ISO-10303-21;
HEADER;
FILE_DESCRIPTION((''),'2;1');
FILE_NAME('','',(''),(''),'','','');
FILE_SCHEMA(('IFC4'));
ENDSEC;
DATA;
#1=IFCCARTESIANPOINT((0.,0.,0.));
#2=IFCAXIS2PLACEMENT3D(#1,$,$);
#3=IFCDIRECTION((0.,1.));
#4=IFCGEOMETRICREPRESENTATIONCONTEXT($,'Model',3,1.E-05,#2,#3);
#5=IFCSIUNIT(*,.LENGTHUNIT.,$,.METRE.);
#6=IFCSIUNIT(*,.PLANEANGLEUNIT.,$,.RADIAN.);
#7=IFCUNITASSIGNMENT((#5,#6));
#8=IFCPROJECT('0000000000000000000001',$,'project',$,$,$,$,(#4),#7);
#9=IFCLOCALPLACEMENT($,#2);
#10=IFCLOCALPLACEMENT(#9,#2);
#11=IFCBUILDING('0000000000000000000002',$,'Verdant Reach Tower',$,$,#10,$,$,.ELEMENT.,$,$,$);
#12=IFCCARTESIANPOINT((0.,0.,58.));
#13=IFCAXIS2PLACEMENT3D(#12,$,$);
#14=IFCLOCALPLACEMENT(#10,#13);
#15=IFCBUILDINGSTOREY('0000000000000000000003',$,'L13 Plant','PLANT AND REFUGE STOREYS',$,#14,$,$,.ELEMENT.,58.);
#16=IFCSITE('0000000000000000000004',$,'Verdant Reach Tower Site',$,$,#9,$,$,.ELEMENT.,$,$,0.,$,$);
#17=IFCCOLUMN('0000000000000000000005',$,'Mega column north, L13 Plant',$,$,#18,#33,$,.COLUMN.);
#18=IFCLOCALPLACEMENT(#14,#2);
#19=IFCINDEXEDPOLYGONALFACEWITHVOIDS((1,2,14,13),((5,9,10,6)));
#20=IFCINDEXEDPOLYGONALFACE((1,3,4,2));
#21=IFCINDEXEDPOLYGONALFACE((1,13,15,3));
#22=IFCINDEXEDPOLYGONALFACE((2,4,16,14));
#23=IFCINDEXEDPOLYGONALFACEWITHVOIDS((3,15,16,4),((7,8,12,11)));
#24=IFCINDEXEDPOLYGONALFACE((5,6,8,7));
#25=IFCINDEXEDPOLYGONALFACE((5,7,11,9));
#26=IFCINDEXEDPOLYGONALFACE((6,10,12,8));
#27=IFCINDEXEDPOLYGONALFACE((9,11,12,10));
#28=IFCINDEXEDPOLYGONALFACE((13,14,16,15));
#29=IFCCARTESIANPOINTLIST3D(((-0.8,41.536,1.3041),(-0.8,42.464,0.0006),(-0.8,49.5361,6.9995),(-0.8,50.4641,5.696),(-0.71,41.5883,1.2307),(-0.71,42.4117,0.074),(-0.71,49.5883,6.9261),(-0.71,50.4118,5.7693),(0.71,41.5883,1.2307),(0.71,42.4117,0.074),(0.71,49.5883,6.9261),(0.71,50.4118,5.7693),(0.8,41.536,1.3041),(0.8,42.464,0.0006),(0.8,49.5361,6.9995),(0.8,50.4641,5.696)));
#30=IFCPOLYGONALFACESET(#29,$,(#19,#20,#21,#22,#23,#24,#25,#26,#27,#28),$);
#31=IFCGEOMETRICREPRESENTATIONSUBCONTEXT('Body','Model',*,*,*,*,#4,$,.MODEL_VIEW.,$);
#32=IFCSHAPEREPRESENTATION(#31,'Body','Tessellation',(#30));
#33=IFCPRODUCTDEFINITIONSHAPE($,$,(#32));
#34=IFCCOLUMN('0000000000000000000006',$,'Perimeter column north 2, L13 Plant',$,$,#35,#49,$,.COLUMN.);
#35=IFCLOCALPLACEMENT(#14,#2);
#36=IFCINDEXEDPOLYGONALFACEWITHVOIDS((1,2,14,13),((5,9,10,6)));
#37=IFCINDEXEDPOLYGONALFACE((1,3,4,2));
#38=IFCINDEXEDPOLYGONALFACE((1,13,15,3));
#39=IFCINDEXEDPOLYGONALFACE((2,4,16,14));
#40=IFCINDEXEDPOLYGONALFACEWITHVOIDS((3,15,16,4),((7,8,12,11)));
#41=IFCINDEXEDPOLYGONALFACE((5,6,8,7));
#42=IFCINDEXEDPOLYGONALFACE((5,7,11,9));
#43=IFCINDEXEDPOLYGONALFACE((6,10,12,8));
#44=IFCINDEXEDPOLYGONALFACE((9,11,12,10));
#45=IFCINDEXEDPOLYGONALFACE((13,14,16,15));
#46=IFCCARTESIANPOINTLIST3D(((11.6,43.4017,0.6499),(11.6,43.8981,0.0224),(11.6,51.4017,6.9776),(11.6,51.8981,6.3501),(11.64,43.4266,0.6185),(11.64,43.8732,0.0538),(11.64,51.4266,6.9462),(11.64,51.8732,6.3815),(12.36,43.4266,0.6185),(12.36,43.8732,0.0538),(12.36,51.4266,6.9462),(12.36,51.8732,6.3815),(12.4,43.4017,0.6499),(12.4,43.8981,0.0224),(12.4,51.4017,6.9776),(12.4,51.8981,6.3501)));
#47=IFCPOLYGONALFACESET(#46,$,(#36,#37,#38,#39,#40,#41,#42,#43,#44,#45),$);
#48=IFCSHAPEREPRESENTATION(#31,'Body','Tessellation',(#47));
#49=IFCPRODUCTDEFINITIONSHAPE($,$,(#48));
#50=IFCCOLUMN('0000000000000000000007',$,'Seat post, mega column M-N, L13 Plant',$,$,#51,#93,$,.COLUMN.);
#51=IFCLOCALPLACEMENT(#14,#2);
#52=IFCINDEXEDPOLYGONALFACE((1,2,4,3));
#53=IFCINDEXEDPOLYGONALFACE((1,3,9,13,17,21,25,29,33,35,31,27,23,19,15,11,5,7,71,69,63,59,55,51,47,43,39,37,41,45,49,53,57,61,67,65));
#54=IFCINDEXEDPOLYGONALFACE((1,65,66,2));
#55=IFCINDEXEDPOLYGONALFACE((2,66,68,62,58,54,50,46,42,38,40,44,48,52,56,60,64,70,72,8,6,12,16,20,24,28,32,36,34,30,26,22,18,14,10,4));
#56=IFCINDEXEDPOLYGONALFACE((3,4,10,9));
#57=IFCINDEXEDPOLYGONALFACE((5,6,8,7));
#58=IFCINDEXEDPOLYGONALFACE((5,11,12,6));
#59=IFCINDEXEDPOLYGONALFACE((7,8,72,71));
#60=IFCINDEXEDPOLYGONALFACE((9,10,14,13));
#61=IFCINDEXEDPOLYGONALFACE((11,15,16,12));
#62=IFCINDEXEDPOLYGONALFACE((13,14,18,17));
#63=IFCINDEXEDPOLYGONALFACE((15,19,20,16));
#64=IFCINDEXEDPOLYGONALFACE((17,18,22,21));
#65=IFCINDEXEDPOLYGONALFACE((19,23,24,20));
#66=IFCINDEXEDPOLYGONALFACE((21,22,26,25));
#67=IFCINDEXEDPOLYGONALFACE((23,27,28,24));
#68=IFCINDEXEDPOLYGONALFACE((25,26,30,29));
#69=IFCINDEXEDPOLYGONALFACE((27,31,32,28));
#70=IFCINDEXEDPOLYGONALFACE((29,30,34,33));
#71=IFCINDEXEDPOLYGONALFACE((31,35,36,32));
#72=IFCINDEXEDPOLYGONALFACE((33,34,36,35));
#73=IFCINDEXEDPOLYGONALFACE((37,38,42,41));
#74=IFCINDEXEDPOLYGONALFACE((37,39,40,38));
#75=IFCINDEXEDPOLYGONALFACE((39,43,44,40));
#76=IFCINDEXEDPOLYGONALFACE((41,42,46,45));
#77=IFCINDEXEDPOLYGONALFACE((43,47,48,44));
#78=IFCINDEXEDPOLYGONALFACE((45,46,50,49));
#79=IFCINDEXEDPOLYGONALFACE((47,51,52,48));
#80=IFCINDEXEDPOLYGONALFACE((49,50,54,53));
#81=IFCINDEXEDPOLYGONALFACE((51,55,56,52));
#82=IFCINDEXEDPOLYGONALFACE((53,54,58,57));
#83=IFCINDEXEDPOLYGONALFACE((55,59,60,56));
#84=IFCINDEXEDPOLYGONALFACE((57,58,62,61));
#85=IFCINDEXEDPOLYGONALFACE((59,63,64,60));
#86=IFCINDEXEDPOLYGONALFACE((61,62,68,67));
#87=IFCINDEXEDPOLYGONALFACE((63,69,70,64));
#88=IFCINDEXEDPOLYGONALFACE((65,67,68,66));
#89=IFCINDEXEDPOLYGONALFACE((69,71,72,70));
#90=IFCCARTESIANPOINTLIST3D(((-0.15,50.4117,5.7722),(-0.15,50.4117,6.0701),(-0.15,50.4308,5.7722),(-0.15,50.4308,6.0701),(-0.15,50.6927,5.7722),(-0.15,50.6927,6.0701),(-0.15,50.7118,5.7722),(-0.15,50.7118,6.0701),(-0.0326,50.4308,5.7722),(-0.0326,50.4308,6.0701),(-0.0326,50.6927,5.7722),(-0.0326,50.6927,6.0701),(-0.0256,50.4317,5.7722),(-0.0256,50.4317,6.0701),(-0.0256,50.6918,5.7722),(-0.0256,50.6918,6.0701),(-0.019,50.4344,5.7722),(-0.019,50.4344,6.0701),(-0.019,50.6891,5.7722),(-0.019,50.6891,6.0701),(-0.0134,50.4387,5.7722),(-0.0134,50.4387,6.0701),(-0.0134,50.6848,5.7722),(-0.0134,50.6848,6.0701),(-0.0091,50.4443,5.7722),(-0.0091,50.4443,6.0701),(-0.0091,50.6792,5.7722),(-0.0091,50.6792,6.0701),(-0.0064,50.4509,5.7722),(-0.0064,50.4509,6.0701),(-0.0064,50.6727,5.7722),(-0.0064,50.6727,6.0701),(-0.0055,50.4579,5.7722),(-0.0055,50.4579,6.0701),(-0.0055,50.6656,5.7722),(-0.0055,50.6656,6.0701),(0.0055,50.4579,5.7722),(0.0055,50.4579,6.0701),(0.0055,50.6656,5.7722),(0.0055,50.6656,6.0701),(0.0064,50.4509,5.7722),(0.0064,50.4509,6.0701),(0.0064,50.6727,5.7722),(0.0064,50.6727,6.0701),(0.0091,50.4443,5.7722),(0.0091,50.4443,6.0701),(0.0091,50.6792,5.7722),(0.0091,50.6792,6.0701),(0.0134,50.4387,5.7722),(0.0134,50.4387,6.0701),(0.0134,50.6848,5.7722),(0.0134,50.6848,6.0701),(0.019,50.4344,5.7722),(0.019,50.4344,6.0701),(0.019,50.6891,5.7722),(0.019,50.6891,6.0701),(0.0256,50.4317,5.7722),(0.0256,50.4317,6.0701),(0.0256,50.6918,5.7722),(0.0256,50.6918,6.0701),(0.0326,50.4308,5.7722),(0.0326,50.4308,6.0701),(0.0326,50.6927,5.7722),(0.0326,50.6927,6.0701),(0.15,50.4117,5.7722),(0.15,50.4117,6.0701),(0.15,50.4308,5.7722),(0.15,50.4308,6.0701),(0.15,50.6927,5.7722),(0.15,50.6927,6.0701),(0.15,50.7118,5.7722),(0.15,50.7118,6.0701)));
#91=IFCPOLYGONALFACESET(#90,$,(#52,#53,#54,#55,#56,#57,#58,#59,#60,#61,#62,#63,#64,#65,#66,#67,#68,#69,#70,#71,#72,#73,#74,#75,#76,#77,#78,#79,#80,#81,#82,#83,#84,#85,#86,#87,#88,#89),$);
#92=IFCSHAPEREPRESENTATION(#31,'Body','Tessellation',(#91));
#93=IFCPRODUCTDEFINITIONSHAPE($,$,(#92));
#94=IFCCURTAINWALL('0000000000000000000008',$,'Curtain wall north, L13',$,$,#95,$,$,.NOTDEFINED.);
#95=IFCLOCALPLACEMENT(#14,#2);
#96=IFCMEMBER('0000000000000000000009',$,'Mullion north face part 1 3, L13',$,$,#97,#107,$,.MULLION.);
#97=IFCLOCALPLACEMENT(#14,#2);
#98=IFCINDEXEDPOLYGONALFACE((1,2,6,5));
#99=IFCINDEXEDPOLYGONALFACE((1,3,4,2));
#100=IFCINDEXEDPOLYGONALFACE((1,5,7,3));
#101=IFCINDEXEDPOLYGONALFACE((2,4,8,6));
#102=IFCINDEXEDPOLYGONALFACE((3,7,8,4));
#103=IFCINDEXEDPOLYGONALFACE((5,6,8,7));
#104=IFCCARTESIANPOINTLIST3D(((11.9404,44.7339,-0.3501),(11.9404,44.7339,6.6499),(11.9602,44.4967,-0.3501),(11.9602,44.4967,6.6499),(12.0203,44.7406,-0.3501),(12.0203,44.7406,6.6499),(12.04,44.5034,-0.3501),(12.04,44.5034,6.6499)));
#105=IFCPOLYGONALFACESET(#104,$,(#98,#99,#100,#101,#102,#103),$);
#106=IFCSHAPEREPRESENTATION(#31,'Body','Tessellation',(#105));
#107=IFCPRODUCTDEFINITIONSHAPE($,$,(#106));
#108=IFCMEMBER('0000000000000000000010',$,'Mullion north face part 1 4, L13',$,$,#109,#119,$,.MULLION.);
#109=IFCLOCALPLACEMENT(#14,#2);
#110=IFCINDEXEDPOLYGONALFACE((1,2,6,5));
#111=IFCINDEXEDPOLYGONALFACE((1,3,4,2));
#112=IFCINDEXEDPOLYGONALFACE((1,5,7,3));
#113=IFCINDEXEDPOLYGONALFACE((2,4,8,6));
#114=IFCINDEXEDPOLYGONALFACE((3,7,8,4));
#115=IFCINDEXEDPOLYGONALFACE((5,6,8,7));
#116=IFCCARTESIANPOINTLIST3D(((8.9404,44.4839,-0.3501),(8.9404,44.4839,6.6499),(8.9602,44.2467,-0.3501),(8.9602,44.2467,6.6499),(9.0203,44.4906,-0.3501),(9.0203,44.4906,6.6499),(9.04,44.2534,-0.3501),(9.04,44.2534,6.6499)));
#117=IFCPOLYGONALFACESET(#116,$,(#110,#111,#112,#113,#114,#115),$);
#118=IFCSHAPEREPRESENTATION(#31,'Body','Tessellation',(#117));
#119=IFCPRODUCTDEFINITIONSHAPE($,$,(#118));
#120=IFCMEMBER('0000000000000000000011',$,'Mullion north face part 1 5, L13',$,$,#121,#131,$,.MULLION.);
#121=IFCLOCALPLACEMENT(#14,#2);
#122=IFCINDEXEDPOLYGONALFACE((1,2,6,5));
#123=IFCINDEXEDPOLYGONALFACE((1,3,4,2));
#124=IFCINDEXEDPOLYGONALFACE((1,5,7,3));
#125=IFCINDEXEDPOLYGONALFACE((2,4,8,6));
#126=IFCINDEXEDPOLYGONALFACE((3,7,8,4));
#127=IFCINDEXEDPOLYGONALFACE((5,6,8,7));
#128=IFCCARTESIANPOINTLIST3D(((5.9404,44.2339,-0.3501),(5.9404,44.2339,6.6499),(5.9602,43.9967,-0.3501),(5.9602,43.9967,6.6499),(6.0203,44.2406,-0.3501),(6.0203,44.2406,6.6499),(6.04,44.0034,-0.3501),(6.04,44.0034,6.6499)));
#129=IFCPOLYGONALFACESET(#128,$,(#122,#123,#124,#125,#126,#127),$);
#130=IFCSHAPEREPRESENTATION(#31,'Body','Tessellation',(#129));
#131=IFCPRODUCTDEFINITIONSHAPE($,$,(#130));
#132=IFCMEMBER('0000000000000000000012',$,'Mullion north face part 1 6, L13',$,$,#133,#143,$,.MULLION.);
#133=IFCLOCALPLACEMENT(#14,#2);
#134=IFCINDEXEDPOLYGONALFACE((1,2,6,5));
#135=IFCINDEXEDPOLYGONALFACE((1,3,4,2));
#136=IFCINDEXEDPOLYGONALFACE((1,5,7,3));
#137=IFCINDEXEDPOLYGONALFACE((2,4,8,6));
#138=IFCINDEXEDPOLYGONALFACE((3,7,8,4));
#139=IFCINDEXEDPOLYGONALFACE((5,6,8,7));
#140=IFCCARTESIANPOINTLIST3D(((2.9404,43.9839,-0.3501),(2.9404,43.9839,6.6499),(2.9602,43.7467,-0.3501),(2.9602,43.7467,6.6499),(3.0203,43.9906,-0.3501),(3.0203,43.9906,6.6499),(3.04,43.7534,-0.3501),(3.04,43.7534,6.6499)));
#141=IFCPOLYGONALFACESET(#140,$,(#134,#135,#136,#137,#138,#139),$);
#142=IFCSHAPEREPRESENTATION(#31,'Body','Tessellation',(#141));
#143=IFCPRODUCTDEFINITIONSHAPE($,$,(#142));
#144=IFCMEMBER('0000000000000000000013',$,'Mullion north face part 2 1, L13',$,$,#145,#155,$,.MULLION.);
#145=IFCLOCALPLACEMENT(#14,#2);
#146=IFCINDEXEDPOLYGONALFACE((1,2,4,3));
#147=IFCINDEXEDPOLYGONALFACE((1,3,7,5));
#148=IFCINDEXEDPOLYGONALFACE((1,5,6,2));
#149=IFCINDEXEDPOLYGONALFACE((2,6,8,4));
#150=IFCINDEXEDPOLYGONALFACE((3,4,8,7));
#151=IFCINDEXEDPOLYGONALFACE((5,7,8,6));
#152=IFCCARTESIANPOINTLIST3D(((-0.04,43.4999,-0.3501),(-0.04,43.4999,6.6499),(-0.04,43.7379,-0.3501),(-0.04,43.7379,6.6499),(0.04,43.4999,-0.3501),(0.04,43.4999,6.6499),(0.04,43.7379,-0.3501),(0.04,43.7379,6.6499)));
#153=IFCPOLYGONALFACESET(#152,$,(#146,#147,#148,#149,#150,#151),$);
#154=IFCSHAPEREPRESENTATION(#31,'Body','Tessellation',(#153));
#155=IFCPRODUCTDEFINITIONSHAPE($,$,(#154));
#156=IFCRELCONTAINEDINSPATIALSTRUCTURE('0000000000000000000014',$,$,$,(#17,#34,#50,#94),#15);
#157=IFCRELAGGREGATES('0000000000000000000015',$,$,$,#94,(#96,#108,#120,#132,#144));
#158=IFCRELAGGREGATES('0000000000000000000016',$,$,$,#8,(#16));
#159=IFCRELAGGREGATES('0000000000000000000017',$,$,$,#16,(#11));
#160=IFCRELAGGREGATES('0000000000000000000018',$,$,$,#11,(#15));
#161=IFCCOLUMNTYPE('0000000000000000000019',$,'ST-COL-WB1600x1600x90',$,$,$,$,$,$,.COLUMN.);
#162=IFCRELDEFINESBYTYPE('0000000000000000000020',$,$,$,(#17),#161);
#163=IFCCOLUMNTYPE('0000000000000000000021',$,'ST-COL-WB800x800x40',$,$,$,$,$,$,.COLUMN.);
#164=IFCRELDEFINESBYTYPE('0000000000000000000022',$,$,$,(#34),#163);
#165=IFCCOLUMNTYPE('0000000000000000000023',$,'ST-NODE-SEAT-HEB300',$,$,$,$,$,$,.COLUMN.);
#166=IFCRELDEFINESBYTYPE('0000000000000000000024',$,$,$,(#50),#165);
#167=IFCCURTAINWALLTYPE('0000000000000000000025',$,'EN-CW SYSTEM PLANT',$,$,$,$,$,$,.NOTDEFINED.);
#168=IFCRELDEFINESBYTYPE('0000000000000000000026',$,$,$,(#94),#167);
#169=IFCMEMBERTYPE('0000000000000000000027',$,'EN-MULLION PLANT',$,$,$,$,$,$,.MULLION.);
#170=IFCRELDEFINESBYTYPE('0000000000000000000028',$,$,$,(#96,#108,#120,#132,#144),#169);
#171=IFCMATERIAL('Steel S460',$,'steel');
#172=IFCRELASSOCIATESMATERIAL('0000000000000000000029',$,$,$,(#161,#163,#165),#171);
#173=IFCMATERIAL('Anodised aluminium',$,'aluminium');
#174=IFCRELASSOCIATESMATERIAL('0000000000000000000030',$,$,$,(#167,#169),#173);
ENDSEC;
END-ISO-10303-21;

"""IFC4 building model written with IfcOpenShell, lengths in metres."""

from ifc_helpers import new_model, si_unit, direction, frame, origin, origin_2d, place, context, subcontext, project, spatial, rectangle, hollow_rectangle, i_section, extrude, material, material_profile, profile_set, type_object, element, aggregate, save


model = new_model("IFC4")

# Units and contexts
model_context = context("Model", 3, precision=1e-05, world=origin(), true_north=direction((0.0, 1.0)))
body_context = subcontext(model_context, "Body", "Model", "MODEL_VIEW")
ifc_project = project(units=[si_unit("LENGTHUNIT", "METRE"), si_unit("PLANEANGLEUNIT", "RADIAN")], contexts=[model_context])

# Site, building, storey
site_placement = place(None, origin())
site = spatial("IfcSite", under=ifc_project, at=site_placement, Name="Verdant Reach Tower Site", CompositionType="ELEMENT", RefElevation=0.0)
building_placement = place(site_placement, origin())
building = spatial("IfcBuilding", under=site, at=building_placement, Name="Verdant Reach Tower", CompositionType="ELEMENT")
storey_placement = place(building_placement, frame((0.0, 0.0, 58.0)))
storey = spatial("IfcBuildingStorey", under=building, at=storey_placement, Name="L13 Plant", Description="PLANT AND REFUGE STOREYS", CompositionType="ELEMENT", Elevation=58.0)

# Columns
ifc_material_1 = material(Name="Steel S460", Category="steel")
ifc_material_profile_1 = material_profile(ifc_material_1, hollow_rectangle(XDim=1.6001, YDim=1.6001, WallThickness=0.0901, at=origin_2d()), Name="WB 1600x1600x90")
ifc_profile_set_1 = profile_set([ifc_material_profile_1], Name="Steel S460")
column_type_1 = type_object("IfcColumnType", Name="ST-COL-WB1600x1600x90", PredefinedType="COLUMN", material=ifc_profile_set_1)
column_1_placement = place(storey_placement, frame((0.0, 42.0, 0.6523), z_axis=(0.0, 0.814646, 0.579958), x_axis=(-1.0, 0.0, 0.0)))
element("IfcColumn", 1, at=column_1_placement, inside=storey, type_object=column_type_1, Name="Mega column north, L13 Plant", PredefinedType="COLUMN", context=body_context, shape_type="SweptSolid", body=[
    extrude(hollow_rectangle(XDim=1.6001, YDim=1.6001, WallThickness=0.0901, at=origin_2d()), origin(), (0.0, 0.0, 1.0), 9.8203),
])
ifc_material_profile_2 = material_profile(ifc_material_1, hollow_rectangle(XDim=0.8, YDim=0.8, WallThickness=0.04, at=origin_2d()), Name="WB 800x800x40")
ifc_profile_set_2 = profile_set([ifc_material_profile_2], Name="Steel S460")
column_type_2 = type_object("IfcColumnType", Name="ST-COL-WB800x800x40", PredefinedType="COLUMN", material=ifc_profile_set_2)
column_2_placement = place(storey_placement, frame((12.0, 43.6499, 0.3362), z_axis=(0.0, 0.784318, 0.62036), x_axis=(-1.0, 0.0, 0.0)))
element("IfcColumn", 2, at=column_2_placement, inside=storey, type_object=column_type_2, Name="Perimeter column north 2, L13 Plant", PredefinedType="COLUMN", context=body_context, shape_type="SweptSolid", body=[
    extrude(hollow_rectangle(XDim=0.8, YDim=0.8, WallThickness=0.04, at=origin_2d()), origin(), (0.0, 0.0, 1.0), 10.2),
])
ifc_material_profile_3 = material_profile(ifc_material_1, i_section(OverallWidth=0.3, OverallDepth=0.3, WebThickness=0.011, FlangeThickness=0.019, FilletRadius=0.0271, at=origin_2d()), Name="HEB 300")
ifc_profile_set_3 = profile_set([ifc_material_profile_3], Name="Steel S460")
column_type_3 = type_object("IfcColumnType", Name="ST-NODE-SEAT-HEB300", PredefinedType="COLUMN", material=ifc_profile_set_3)
column_3_placement = place(storey_placement, frame((0.0, 50.5618, 5.7722), z_axis=(0.0, 0.0, 1.0), x_axis=(1.0, 0.0, 0.0)))
element("IfcColumn", 3, at=column_3_placement, inside=storey, type_object=column_type_3, Name="Seat post, mega column M-N, L13 Plant", PredefinedType="COLUMN", context=body_context, shape_type="SweptSolid", body=[
    extrude(i_section(OverallWidth=0.3, OverallDepth=0.3, WebThickness=0.011, FlangeThickness=0.019, FilletRadius=0.0271, at=origin_2d()), origin(), (0.0, 0.0, 1.0), 0.2979),
])

# Curtain wall, members
ifc_material_2 = material(Name="Anodised aluminium", Category="aluminium")
curtain_wall_type = type_object("IfcCurtainWallType", Name="EN-CW SYSTEM PLANT", PredefinedType="NOTDEFINED", material=ifc_material_2)
curtain_wall_placement = place(storey_placement, origin())
curtain_wall = element("IfcCurtainWall", 4, at=curtain_wall_placement, inside=storey, type_object=curtain_wall_type, Name="Curtain wall north, L13", PredefinedType="NOTDEFINED")
ifc_material_profile_4 = material_profile(ifc_material_2, rectangle(XDim=0.238, YDim=0.0801, at=origin_2d()), Name="Mullion 80x240")
ifc_profile_set_4 = profile_set([ifc_material_profile_4], Name="Anodised aluminium")
member_type_1 = type_object("IfcMemberType", Name="EN-MULLION PLANT", PredefinedType="MULLION", material=ifc_profile_set_4)
member_1_placement = place(storey_placement, frame((11.9902, 44.6187, -0.3501), z_axis=(0.0, 0.0, 1.0), x_axis=(-0.083045, 0.996546, 0.0)))
member_1 = element("IfcMember", 5, at=member_1_placement, type_object=member_type_1, Name="Mullion north face part 1 3, L13", PredefinedType="MULLION", context=body_context, shape_type="SweptSolid", body=[
    extrude(rectangle(XDim=0.238, YDim=0.0801, at=origin_2d()), origin(), (0.0, 0.0, 1.0), 7.0),
])
member_2_placement = place(storey_placement, frame((8.9902, 44.3687, -0.3501), z_axis=(0.0, 0.0, 1.0), x_axis=(-0.083045, 0.996546, 0.0)))
member_2 = element("IfcMember", 6, at=member_2_placement, type_object=member_type_1, Name="Mullion north face part 1 4, L13", PredefinedType="MULLION", context=body_context, shape_type="SweptSolid", body=[
    extrude(rectangle(XDim=0.238, YDim=0.0801, at=origin_2d()), origin(), (0.0, 0.0, 1.0), 7.0),
])
member_3_placement = place(storey_placement, frame((5.9902, 44.1187, -0.3501), z_axis=(0.0, 0.0, 1.0), x_axis=(-0.083045, 0.996546, 0.0)))
member_3 = element("IfcMember", 7, at=member_3_placement, type_object=member_type_1, Name="Mullion north face part 1 5, L13", PredefinedType="MULLION", context=body_context, shape_type="SweptSolid", body=[
    extrude(rectangle(XDim=0.238, YDim=0.0801, at=origin_2d()), origin(), (0.0, 0.0, 1.0), 7.0),
])
member_4_placement = place(storey_placement, frame((2.9902, 43.8687, -0.3501), z_axis=(0.0, 0.0, 1.0), x_axis=(-0.083045, 0.996546, 0.0)))
member_4 = element("IfcMember", 8, at=member_4_placement, type_object=member_type_1, Name="Mullion north face part 1 6, L13", PredefinedType="MULLION", context=body_context, shape_type="SweptSolid", body=[
    extrude(rectangle(XDim=0.238, YDim=0.0801, at=origin_2d()), origin(), (0.0, 0.0, 1.0), 7.0),
])
member_5_placement = place(storey_placement, frame((0.0, 43.6189, -0.3501), z_axis=(0.0, 0.0, 1.0), x_axis=(0.0, 1.0, 0.0)))
member_5 = element("IfcMember", 9, at=member_5_placement, type_object=member_type_1, Name="Mullion north face part 2 1, L13", PredefinedType="MULLION", context=body_context, shape_type="SweptSolid", body=[
    extrude(rectangle(XDim=0.238, YDim=0.0801, at=origin_2d()), origin(), (0.0, 0.0, 1.0), 7.0),
])

aggregate(curtain_wall, [member_1, member_2, member_3, member_4, member_5])

save(model, "model.ifc")
